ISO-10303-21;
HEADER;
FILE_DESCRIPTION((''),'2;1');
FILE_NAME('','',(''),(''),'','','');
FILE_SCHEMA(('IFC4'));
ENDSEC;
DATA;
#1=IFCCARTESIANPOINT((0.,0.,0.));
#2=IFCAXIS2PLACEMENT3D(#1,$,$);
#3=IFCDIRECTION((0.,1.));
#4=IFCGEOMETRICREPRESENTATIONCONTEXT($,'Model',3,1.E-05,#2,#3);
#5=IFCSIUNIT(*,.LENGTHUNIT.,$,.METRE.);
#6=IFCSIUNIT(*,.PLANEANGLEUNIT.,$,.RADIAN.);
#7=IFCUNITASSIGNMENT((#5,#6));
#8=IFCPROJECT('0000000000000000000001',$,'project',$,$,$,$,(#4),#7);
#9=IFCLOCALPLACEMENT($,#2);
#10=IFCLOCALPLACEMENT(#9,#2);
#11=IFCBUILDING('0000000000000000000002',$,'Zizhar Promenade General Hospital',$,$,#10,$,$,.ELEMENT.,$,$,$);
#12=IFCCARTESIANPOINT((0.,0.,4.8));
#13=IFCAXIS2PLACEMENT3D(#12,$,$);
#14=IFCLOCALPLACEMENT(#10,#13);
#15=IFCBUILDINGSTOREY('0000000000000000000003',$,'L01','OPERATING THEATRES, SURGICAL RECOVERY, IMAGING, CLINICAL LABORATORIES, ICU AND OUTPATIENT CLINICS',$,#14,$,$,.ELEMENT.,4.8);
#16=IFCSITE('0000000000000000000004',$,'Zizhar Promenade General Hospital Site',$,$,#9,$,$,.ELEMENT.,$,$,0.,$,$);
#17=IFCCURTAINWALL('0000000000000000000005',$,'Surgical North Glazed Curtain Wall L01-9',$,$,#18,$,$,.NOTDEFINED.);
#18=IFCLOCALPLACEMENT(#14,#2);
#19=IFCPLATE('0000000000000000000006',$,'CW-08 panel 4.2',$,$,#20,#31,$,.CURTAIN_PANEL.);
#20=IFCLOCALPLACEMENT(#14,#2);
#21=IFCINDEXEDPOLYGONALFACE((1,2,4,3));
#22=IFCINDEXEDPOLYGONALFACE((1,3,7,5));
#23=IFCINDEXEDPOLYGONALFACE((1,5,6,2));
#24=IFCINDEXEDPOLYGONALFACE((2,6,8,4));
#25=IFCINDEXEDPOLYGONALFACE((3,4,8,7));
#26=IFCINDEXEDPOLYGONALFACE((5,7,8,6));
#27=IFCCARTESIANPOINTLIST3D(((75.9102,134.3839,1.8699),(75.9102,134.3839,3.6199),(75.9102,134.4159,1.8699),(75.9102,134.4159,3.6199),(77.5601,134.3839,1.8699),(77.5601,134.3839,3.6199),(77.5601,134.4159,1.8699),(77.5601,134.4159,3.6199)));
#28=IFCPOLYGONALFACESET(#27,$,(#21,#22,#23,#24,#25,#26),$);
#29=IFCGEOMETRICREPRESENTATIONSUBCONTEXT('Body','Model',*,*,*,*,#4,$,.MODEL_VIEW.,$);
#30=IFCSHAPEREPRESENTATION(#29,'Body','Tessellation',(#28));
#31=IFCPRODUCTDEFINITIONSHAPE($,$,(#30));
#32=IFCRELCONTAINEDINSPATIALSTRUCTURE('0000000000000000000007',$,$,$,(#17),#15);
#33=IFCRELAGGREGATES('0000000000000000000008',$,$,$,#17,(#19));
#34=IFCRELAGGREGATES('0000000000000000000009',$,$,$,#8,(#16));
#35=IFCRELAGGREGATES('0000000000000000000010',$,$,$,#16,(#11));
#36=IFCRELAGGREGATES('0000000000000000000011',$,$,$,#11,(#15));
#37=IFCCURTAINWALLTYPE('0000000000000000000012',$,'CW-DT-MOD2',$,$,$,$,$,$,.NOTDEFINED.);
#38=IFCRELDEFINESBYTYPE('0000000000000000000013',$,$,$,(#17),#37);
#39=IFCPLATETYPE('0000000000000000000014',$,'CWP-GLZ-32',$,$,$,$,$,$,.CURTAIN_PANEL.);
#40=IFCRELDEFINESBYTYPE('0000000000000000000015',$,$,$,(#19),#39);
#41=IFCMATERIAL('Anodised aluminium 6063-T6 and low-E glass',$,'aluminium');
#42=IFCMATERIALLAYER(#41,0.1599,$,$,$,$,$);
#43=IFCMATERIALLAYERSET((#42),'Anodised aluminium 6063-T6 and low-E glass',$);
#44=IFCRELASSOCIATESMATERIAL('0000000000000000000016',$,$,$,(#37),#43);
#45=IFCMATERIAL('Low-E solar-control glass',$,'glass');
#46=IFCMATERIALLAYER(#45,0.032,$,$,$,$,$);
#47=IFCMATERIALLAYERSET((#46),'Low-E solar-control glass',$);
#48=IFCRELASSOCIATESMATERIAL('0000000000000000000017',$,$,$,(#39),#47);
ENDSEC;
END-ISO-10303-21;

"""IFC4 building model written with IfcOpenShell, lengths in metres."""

from ifc_helpers import new_model, si_unit, direction, frame, origin, origin_2d, place, context, subcontext, project, spatial, rectangle, extrude, material, layer, layer_set, type_object, element, aggregate, save


model = new_model("IFC4")

# Units and contexts
model_context = context("Model", 3, precision=1e-05, world=origin(), true_north=direction((0.0, 1.0)))
body_context = subcontext(model_context, "Body", "Model", "MODEL_VIEW")
ifc_project = project(units=[si_unit("LENGTHUNIT", "METRE"), si_unit("PLANEANGLEUNIT", "RADIAN")], contexts=[model_context])

# Site, building, storey
site_placement = place(None, origin())
site = spatial("IfcSite", under=ifc_project, at=site_placement, Name="Zizhar Promenade General Hospital Site", CompositionType="ELEMENT", RefElevation=0.0)
building_placement = place(site_placement, origin())
building = spatial("IfcBuilding", under=site, at=building_placement, Name="Zizhar Promenade General Hospital", CompositionType="ELEMENT")
storey_placement = place(building_placement, frame((0.0, 0.0, 4.8)))
storey = spatial("IfcBuildingStorey", under=building, at=storey_placement, Name="L01", Description="OPERATING THEATRES, SURGICAL RECOVERY, IMAGING, CLINICAL LABORATORIES, ICU AND OUTPATIENT CLINICS", CompositionType="ELEMENT", Elevation=4.8)

# Curtain wall, plate
ifc_material_1 = material(Name="Anodised aluminium 6063-T6 and low-E glass", Category="aluminium")
ifc_layer_1 = layer(ifc_material_1, 0.1599)
ifc_layer_set_1 = layer_set([ifc_layer_1], Name="Anodised aluminium 6063-T6 and low-E glass")
curtain_wall_type = type_object("IfcCurtainWallType", Name="CW-DT-MOD2", PredefinedType="NOTDEFINED", material=ifc_layer_set_1)
curtain_wall_placement = place(storey_placement, origin())
curtain_wall = element("IfcCurtainWall", 1, at=curtain_wall_placement, inside=storey, type_object=curtain_wall_type, Name="Surgical North Glazed Curtain Wall L01-9", PredefinedType="NOTDEFINED")
ifc_material_2 = material(Name="Low-E solar-control glass", Category="glass")
ifc_layer_2 = layer(ifc_material_2, 0.032)
ifc_layer_set_2 = layer_set([ifc_layer_2], Name="Low-E solar-control glass")
plate_type = type_object("IfcPlateType", Name="CWP-GLZ-32", PredefinedType="CURTAIN_PANEL", material=ifc_layer_set_2)
plate_1_placement = place(storey_placement, frame((76.7351, 134.3999, 1.8699), z_axis=(0.0, 0.0, 1.0), x_axis=(1.0, 0.0, 0.0)))
plate_1 = element("IfcPlate", 2, at=plate_1_placement, type_object=plate_type, Name="CW-08 panel 4.2", PredefinedType="CURTAIN_PANEL", context=body_context, shape_type="SweptSolid", body=[
    extrude(rectangle(XDim=1.6499, YDim=0.032, at=origin_2d()), origin(), (0.0, 0.0, 1.0), 1.75),
])
aggregate(curtain_wall, [plate_1])

save(model, "model.ifc")
